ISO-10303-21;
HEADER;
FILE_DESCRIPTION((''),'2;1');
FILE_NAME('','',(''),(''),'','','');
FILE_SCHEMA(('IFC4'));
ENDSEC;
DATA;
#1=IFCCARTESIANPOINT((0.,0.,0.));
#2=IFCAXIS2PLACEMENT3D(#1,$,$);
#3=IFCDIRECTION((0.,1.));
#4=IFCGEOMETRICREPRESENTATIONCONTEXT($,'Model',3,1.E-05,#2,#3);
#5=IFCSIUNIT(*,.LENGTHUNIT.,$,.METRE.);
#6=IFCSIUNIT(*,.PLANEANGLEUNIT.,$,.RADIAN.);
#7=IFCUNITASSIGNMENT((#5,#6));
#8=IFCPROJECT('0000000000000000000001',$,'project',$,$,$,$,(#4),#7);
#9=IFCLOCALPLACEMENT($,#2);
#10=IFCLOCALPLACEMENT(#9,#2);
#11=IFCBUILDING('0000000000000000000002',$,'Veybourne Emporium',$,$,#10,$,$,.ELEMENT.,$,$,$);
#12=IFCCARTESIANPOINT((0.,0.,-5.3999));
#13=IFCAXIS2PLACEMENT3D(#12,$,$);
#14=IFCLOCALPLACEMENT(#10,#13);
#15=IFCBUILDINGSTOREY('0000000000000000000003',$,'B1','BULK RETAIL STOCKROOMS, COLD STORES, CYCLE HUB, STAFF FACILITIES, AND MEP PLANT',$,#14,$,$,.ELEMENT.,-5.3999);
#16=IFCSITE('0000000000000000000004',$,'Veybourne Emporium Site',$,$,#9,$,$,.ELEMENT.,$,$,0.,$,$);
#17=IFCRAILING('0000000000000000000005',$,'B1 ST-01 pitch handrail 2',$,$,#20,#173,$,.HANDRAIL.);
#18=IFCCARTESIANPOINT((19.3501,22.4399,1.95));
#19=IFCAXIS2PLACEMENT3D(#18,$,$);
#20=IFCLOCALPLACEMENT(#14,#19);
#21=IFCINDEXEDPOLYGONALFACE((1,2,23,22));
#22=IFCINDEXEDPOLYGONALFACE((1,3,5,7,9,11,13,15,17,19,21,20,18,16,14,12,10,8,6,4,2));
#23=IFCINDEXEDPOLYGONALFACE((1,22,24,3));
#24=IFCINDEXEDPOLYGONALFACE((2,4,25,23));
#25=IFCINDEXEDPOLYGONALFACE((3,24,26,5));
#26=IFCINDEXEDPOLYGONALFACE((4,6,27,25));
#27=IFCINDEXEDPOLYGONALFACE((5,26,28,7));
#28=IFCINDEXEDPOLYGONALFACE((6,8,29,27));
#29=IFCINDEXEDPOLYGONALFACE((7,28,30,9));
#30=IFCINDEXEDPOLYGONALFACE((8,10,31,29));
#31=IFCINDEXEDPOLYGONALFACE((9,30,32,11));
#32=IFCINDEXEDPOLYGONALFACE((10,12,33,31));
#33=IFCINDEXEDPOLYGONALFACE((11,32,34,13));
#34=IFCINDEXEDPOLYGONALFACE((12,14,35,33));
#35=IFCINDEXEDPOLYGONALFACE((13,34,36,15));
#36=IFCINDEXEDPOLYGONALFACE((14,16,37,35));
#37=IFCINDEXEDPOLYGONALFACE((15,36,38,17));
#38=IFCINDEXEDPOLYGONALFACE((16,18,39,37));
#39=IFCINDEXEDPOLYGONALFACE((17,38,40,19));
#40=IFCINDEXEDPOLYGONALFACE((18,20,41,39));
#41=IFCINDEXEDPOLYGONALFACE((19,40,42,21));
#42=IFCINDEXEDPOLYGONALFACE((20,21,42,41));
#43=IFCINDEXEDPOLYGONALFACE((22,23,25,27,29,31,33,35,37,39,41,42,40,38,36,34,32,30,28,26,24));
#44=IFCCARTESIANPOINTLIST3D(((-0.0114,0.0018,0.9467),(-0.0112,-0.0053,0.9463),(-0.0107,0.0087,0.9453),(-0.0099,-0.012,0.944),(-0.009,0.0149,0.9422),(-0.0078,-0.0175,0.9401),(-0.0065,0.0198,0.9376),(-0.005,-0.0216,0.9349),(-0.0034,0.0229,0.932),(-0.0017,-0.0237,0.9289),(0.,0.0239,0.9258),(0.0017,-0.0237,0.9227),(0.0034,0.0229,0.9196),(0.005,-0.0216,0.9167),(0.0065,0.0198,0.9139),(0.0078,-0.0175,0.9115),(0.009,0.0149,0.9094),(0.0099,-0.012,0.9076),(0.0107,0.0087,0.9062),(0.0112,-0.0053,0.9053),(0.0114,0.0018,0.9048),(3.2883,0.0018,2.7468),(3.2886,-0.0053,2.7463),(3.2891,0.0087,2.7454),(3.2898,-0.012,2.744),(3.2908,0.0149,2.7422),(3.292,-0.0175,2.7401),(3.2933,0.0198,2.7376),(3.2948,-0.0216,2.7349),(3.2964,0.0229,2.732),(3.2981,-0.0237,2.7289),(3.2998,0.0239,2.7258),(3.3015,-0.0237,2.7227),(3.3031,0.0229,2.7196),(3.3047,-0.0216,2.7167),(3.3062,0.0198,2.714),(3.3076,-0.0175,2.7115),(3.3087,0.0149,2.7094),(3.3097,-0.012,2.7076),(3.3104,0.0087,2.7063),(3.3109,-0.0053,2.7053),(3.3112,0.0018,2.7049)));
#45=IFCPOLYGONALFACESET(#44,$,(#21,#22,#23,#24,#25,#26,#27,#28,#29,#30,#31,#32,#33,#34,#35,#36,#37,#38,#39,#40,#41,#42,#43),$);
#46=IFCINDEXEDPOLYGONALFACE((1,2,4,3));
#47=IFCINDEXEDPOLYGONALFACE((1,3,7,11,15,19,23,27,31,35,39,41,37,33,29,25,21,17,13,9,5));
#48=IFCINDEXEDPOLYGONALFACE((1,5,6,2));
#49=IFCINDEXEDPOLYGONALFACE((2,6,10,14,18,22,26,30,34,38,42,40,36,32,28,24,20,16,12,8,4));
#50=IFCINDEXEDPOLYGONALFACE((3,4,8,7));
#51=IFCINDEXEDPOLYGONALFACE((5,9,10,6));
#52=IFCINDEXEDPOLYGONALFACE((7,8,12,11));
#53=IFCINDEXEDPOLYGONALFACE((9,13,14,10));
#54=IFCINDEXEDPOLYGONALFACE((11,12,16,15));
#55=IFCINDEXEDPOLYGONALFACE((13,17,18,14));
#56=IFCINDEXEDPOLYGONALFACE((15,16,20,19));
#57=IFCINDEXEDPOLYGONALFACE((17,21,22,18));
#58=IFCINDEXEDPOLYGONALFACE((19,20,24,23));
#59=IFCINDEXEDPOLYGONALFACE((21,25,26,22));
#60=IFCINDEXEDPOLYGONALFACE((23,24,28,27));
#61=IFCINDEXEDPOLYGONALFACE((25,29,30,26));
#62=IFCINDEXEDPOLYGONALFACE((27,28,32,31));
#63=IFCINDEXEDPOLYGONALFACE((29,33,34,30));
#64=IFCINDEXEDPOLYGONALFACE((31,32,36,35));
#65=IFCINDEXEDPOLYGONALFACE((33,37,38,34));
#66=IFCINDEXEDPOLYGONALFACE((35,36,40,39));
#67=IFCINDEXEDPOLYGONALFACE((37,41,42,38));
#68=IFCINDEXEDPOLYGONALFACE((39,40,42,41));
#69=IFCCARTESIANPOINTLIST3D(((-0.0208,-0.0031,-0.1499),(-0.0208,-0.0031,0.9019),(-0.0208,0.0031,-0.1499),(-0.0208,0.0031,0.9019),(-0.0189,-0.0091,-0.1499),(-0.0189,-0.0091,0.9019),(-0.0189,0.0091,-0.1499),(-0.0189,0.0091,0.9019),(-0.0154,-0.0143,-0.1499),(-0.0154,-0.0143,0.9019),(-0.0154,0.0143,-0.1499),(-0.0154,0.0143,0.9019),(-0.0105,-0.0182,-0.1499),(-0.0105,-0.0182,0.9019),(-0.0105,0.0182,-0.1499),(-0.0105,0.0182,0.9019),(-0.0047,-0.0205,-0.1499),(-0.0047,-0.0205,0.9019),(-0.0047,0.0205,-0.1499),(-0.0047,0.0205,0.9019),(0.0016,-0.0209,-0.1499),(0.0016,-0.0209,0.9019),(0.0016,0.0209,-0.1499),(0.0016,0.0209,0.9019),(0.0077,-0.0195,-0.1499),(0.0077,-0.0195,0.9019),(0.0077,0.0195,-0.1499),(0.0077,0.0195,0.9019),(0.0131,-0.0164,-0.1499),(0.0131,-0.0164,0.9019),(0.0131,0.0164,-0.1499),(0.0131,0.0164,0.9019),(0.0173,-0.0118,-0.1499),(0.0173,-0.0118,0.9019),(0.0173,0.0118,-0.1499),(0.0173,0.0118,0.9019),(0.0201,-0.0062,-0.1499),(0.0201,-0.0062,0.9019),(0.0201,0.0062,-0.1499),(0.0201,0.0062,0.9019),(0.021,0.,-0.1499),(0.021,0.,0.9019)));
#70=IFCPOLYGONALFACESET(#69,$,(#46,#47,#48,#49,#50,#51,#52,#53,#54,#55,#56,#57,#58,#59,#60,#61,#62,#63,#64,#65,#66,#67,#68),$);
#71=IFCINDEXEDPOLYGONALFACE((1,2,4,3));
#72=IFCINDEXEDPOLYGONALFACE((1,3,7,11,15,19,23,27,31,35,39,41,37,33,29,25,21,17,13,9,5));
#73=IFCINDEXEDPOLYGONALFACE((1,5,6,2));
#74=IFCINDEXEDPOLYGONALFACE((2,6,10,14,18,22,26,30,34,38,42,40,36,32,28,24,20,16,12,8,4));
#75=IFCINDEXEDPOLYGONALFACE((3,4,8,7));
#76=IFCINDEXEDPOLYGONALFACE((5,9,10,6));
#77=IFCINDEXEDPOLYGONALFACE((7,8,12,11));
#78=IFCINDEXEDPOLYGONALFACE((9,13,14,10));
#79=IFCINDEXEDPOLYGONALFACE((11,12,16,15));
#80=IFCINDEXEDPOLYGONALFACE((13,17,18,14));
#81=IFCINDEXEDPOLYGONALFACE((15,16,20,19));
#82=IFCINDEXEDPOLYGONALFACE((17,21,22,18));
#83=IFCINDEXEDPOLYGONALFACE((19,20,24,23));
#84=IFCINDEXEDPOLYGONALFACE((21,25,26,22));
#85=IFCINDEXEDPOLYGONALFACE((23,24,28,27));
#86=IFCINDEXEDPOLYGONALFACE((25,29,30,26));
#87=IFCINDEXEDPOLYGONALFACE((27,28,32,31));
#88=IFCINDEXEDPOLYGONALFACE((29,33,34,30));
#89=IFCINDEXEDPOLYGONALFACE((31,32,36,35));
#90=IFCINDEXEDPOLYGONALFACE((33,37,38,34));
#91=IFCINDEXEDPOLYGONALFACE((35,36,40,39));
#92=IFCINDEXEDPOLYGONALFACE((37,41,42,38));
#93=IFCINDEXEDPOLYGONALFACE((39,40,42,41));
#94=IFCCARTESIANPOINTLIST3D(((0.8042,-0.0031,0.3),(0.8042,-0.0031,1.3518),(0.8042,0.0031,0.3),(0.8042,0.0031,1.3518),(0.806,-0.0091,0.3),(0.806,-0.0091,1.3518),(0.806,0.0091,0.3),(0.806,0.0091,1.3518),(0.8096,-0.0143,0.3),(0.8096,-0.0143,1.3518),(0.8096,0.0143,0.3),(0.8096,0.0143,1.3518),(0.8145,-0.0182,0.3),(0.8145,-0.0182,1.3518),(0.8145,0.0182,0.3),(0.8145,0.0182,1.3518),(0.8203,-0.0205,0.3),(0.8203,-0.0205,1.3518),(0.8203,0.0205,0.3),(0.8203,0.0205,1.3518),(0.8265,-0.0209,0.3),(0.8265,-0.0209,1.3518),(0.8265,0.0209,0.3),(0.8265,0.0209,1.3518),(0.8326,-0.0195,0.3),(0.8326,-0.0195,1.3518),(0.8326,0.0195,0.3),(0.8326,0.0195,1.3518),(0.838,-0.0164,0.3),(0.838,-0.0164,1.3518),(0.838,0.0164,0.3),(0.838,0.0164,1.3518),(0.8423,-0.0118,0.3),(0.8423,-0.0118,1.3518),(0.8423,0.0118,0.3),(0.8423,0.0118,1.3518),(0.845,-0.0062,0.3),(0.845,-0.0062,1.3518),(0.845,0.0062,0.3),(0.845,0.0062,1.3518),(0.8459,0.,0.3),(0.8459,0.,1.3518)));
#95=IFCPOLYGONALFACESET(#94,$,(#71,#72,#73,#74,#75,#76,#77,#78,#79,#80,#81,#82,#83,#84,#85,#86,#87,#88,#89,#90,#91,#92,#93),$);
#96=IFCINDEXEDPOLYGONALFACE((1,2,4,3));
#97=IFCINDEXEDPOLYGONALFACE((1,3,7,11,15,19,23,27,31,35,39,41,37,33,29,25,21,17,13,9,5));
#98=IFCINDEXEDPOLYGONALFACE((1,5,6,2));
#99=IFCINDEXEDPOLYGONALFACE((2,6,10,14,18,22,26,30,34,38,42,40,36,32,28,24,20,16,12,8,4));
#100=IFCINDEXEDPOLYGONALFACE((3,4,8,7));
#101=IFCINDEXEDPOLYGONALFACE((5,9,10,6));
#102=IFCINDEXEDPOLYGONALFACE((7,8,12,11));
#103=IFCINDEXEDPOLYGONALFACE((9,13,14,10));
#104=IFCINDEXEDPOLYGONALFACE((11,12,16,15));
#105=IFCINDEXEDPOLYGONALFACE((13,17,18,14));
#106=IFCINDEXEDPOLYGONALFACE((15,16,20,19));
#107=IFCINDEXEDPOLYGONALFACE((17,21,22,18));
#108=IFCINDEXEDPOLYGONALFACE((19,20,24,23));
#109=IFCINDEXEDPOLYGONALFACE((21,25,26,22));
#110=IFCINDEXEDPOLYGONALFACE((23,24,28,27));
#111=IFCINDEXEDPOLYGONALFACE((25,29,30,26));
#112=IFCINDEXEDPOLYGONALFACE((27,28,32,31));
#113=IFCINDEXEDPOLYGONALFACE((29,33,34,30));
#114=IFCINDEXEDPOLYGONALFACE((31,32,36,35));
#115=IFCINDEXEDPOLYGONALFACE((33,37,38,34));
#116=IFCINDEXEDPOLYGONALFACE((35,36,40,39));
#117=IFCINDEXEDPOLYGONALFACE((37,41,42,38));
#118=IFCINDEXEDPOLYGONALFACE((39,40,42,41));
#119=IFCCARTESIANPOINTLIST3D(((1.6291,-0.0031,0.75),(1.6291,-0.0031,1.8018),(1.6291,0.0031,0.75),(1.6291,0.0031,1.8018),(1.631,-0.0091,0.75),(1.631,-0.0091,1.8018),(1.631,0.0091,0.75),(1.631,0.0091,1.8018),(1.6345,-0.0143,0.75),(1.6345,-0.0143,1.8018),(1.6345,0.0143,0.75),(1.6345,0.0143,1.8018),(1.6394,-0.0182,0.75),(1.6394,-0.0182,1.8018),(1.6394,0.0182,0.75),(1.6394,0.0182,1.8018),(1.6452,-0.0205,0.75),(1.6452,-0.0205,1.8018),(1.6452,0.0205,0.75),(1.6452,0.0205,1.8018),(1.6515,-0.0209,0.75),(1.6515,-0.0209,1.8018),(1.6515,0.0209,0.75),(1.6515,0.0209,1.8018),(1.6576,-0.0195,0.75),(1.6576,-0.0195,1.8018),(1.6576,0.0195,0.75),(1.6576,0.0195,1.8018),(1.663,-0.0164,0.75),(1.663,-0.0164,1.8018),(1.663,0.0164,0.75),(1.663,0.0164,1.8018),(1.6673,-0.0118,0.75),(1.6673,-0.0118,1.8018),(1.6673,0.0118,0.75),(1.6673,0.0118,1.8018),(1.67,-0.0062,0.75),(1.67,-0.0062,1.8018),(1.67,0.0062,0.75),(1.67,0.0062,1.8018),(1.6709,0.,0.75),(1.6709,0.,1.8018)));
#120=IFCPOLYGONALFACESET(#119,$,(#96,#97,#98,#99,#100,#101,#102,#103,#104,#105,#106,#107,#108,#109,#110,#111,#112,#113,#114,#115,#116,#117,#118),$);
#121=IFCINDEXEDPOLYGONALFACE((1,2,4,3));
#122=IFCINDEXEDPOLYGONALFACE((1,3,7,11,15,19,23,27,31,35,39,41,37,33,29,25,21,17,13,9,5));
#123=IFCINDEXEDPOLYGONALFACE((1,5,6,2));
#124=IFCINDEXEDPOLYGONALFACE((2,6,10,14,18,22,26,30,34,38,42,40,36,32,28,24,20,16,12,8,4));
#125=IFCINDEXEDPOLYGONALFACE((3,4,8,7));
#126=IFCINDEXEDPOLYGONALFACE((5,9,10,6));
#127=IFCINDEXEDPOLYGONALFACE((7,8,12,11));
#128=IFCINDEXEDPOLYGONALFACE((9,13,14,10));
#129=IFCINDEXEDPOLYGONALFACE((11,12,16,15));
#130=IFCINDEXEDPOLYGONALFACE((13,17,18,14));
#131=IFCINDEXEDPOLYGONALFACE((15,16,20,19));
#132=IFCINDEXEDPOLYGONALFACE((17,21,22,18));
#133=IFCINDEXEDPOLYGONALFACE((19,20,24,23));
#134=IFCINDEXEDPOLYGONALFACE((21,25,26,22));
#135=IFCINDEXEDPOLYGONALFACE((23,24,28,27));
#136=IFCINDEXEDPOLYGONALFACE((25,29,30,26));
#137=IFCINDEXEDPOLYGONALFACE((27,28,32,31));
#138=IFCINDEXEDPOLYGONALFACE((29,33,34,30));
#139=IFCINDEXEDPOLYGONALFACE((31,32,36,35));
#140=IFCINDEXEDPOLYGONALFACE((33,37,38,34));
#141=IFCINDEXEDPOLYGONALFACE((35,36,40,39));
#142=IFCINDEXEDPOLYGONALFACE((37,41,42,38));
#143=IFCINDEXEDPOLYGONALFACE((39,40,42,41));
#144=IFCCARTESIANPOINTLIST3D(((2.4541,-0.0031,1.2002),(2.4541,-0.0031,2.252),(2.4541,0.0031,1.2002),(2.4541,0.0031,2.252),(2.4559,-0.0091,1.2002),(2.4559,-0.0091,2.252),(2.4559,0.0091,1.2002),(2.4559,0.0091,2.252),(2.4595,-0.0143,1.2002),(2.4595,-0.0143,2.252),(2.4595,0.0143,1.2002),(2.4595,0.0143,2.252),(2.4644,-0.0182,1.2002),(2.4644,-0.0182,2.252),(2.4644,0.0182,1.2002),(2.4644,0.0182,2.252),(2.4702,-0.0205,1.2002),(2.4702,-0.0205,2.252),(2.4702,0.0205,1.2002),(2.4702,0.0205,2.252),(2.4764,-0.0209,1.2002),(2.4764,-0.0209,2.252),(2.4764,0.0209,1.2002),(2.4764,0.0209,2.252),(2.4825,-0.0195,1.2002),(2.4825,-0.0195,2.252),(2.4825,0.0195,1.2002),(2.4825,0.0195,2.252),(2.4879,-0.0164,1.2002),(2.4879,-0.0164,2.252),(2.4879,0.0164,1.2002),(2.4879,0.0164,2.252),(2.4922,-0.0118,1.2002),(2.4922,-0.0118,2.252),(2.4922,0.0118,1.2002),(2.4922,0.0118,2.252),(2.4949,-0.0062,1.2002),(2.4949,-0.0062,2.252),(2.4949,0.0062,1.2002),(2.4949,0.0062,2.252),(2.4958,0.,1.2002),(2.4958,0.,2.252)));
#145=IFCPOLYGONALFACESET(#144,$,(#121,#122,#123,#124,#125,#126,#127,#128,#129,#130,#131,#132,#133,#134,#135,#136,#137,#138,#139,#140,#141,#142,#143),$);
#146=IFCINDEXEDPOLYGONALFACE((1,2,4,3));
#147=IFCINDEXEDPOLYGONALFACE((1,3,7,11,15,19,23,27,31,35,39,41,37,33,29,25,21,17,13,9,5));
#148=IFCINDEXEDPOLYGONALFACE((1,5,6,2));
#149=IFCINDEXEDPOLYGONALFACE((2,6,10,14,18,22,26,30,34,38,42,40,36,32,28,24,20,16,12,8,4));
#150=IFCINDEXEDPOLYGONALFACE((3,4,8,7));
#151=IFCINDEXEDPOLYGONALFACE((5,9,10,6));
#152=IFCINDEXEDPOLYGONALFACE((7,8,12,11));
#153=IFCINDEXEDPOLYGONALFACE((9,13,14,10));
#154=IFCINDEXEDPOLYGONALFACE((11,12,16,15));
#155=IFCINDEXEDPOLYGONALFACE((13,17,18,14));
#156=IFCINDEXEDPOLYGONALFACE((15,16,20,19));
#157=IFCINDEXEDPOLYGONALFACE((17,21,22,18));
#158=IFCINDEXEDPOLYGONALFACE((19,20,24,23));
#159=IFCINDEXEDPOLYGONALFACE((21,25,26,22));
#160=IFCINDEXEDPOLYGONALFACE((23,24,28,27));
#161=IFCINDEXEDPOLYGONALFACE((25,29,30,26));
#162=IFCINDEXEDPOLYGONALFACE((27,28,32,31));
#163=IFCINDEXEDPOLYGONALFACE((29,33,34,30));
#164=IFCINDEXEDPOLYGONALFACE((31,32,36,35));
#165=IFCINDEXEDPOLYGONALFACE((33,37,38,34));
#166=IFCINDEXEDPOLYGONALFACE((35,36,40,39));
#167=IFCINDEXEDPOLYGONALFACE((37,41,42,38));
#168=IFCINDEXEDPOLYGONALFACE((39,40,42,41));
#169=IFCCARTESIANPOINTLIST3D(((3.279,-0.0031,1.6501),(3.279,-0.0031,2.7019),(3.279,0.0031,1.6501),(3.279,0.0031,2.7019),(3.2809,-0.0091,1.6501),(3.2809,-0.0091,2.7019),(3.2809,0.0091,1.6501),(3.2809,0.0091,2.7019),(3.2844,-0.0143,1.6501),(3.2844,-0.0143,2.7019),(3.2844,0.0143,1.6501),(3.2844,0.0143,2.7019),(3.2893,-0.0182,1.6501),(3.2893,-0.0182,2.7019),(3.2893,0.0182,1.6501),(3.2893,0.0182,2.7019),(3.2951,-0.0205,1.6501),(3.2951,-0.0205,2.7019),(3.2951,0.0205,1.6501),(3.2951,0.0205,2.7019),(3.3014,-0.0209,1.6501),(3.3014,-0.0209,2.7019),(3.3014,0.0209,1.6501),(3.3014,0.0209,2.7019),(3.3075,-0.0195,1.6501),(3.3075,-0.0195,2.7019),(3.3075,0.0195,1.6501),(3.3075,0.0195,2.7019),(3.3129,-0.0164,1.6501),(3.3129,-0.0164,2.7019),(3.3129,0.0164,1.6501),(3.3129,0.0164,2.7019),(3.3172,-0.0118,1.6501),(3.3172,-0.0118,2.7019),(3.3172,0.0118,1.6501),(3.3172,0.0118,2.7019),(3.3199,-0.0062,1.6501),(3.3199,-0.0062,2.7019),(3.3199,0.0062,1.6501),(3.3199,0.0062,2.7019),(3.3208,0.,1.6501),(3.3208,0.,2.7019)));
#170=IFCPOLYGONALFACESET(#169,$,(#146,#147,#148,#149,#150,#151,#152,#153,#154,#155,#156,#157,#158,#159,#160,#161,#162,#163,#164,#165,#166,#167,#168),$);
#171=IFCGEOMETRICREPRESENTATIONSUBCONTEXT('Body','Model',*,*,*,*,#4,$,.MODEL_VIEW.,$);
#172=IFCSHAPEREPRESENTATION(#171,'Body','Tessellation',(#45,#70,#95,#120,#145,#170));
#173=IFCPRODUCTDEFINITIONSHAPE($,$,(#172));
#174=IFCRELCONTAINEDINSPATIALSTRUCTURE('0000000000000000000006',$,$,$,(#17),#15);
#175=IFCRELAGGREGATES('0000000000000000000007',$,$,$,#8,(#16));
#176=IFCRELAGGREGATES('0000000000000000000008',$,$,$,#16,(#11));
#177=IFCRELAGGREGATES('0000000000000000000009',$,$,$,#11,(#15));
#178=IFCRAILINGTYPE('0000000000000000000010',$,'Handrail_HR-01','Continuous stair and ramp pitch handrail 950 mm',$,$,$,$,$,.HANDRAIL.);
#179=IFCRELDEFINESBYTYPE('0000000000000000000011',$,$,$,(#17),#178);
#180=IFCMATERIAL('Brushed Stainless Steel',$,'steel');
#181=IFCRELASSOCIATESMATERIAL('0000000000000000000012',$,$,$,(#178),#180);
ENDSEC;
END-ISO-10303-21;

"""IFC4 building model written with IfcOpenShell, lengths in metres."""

from ifc_helpers import new_model, si_unit, direction, frame, origin, origin_2d, place, context, subcontext, project, spatial, circle, extrude, material, type_object, element, save


model = new_model("IFC4")

# Units and contexts
model_context = context("Model", 3, precision=1e-05, world=origin(), true_north=direction((0.0, 1.0)))
body_context = subcontext(model_context, "Body", "Model", "MODEL_VIEW")
ifc_project = project(units=[si_unit("LENGTHUNIT", "METRE"), si_unit("PLANEANGLEUNIT", "RADIAN")], contexts=[model_context])

# Site, building, storey
site_placement = place(None, origin())
site = spatial("IfcSite", under=ifc_project, at=site_placement, Name="Veybourne Emporium Site", CompositionType="ELEMENT", RefElevation=0.0)
building_placement = place(site_placement, origin())
building = spatial("IfcBuilding", under=site, at=building_placement, Name="Veybourne Emporium", CompositionType="ELEMENT")
storey_placement = place(building_placement, frame((0.0, 0.0, -5.3999)))
storey = spatial("IfcBuildingStorey", under=building, at=storey_placement, Name="B1", Description="BULK RETAIL STOCKROOMS, COLD STORES, CYCLE HUB, STAFF FACILITIES, AND MEP PLANT", CompositionType="ELEMENT", Elevation=-5.3999)

# Railing
ifc_material_1 = material(Name="Brushed Stainless Steel", Category="steel")
railing_type = type_object("IfcRailingType", Name="Handrail_HR-01", Description="Continuous stair and ramp pitch handrail 950 mm", PredefinedType="HANDRAIL", material=ifc_material_1)
railing_placement = place(storey_placement, frame((19.3501, 22.4399, 1.95)))
element("IfcRailing", 1, at=railing_placement, inside=storey, type_object=railing_type, Name="B1 ST-01 pitch handrail 2", PredefinedType="HANDRAIL", context=body_context, shape_type="SweptSolid", body=[
    extrude(circle(Radius=0.0239, at=origin_2d()), frame((0.0, 0.0, 0.9258), z_axis=(0.877878, 0.0, 0.478884), x_axis=(0.0, 1.0, 0.0)), (0.0, 0.0, 1.0), 3.7588),
    extrude(circle(Radius=0.021, at=origin_2d()), frame((0.0, 0.0, -0.1499)), (0.0, 0.0, 1.0), 1.0518),
    extrude(circle(Radius=0.021, at=origin_2d()), frame((0.825, 0.0, 0.3)), (0.0, 0.0, 1.0), 1.0518),
    extrude(circle(Radius=0.021, at=origin_2d()), frame((1.6499, 0.0, 0.75)), (0.0, 0.0, 1.0), 1.0518),
    extrude(circle(Radius=0.021, at=origin_2d()), frame((2.4749, 0.0, 1.2002)), (0.0, 0.0, 1.0), 1.0518),
    extrude(circle(Radius=0.021, at=origin_2d()), frame((3.2998, 0.0, 1.6501)), (0.0, 0.0, 1.0), 1.0518),
])

save(model, "model.ifc")
